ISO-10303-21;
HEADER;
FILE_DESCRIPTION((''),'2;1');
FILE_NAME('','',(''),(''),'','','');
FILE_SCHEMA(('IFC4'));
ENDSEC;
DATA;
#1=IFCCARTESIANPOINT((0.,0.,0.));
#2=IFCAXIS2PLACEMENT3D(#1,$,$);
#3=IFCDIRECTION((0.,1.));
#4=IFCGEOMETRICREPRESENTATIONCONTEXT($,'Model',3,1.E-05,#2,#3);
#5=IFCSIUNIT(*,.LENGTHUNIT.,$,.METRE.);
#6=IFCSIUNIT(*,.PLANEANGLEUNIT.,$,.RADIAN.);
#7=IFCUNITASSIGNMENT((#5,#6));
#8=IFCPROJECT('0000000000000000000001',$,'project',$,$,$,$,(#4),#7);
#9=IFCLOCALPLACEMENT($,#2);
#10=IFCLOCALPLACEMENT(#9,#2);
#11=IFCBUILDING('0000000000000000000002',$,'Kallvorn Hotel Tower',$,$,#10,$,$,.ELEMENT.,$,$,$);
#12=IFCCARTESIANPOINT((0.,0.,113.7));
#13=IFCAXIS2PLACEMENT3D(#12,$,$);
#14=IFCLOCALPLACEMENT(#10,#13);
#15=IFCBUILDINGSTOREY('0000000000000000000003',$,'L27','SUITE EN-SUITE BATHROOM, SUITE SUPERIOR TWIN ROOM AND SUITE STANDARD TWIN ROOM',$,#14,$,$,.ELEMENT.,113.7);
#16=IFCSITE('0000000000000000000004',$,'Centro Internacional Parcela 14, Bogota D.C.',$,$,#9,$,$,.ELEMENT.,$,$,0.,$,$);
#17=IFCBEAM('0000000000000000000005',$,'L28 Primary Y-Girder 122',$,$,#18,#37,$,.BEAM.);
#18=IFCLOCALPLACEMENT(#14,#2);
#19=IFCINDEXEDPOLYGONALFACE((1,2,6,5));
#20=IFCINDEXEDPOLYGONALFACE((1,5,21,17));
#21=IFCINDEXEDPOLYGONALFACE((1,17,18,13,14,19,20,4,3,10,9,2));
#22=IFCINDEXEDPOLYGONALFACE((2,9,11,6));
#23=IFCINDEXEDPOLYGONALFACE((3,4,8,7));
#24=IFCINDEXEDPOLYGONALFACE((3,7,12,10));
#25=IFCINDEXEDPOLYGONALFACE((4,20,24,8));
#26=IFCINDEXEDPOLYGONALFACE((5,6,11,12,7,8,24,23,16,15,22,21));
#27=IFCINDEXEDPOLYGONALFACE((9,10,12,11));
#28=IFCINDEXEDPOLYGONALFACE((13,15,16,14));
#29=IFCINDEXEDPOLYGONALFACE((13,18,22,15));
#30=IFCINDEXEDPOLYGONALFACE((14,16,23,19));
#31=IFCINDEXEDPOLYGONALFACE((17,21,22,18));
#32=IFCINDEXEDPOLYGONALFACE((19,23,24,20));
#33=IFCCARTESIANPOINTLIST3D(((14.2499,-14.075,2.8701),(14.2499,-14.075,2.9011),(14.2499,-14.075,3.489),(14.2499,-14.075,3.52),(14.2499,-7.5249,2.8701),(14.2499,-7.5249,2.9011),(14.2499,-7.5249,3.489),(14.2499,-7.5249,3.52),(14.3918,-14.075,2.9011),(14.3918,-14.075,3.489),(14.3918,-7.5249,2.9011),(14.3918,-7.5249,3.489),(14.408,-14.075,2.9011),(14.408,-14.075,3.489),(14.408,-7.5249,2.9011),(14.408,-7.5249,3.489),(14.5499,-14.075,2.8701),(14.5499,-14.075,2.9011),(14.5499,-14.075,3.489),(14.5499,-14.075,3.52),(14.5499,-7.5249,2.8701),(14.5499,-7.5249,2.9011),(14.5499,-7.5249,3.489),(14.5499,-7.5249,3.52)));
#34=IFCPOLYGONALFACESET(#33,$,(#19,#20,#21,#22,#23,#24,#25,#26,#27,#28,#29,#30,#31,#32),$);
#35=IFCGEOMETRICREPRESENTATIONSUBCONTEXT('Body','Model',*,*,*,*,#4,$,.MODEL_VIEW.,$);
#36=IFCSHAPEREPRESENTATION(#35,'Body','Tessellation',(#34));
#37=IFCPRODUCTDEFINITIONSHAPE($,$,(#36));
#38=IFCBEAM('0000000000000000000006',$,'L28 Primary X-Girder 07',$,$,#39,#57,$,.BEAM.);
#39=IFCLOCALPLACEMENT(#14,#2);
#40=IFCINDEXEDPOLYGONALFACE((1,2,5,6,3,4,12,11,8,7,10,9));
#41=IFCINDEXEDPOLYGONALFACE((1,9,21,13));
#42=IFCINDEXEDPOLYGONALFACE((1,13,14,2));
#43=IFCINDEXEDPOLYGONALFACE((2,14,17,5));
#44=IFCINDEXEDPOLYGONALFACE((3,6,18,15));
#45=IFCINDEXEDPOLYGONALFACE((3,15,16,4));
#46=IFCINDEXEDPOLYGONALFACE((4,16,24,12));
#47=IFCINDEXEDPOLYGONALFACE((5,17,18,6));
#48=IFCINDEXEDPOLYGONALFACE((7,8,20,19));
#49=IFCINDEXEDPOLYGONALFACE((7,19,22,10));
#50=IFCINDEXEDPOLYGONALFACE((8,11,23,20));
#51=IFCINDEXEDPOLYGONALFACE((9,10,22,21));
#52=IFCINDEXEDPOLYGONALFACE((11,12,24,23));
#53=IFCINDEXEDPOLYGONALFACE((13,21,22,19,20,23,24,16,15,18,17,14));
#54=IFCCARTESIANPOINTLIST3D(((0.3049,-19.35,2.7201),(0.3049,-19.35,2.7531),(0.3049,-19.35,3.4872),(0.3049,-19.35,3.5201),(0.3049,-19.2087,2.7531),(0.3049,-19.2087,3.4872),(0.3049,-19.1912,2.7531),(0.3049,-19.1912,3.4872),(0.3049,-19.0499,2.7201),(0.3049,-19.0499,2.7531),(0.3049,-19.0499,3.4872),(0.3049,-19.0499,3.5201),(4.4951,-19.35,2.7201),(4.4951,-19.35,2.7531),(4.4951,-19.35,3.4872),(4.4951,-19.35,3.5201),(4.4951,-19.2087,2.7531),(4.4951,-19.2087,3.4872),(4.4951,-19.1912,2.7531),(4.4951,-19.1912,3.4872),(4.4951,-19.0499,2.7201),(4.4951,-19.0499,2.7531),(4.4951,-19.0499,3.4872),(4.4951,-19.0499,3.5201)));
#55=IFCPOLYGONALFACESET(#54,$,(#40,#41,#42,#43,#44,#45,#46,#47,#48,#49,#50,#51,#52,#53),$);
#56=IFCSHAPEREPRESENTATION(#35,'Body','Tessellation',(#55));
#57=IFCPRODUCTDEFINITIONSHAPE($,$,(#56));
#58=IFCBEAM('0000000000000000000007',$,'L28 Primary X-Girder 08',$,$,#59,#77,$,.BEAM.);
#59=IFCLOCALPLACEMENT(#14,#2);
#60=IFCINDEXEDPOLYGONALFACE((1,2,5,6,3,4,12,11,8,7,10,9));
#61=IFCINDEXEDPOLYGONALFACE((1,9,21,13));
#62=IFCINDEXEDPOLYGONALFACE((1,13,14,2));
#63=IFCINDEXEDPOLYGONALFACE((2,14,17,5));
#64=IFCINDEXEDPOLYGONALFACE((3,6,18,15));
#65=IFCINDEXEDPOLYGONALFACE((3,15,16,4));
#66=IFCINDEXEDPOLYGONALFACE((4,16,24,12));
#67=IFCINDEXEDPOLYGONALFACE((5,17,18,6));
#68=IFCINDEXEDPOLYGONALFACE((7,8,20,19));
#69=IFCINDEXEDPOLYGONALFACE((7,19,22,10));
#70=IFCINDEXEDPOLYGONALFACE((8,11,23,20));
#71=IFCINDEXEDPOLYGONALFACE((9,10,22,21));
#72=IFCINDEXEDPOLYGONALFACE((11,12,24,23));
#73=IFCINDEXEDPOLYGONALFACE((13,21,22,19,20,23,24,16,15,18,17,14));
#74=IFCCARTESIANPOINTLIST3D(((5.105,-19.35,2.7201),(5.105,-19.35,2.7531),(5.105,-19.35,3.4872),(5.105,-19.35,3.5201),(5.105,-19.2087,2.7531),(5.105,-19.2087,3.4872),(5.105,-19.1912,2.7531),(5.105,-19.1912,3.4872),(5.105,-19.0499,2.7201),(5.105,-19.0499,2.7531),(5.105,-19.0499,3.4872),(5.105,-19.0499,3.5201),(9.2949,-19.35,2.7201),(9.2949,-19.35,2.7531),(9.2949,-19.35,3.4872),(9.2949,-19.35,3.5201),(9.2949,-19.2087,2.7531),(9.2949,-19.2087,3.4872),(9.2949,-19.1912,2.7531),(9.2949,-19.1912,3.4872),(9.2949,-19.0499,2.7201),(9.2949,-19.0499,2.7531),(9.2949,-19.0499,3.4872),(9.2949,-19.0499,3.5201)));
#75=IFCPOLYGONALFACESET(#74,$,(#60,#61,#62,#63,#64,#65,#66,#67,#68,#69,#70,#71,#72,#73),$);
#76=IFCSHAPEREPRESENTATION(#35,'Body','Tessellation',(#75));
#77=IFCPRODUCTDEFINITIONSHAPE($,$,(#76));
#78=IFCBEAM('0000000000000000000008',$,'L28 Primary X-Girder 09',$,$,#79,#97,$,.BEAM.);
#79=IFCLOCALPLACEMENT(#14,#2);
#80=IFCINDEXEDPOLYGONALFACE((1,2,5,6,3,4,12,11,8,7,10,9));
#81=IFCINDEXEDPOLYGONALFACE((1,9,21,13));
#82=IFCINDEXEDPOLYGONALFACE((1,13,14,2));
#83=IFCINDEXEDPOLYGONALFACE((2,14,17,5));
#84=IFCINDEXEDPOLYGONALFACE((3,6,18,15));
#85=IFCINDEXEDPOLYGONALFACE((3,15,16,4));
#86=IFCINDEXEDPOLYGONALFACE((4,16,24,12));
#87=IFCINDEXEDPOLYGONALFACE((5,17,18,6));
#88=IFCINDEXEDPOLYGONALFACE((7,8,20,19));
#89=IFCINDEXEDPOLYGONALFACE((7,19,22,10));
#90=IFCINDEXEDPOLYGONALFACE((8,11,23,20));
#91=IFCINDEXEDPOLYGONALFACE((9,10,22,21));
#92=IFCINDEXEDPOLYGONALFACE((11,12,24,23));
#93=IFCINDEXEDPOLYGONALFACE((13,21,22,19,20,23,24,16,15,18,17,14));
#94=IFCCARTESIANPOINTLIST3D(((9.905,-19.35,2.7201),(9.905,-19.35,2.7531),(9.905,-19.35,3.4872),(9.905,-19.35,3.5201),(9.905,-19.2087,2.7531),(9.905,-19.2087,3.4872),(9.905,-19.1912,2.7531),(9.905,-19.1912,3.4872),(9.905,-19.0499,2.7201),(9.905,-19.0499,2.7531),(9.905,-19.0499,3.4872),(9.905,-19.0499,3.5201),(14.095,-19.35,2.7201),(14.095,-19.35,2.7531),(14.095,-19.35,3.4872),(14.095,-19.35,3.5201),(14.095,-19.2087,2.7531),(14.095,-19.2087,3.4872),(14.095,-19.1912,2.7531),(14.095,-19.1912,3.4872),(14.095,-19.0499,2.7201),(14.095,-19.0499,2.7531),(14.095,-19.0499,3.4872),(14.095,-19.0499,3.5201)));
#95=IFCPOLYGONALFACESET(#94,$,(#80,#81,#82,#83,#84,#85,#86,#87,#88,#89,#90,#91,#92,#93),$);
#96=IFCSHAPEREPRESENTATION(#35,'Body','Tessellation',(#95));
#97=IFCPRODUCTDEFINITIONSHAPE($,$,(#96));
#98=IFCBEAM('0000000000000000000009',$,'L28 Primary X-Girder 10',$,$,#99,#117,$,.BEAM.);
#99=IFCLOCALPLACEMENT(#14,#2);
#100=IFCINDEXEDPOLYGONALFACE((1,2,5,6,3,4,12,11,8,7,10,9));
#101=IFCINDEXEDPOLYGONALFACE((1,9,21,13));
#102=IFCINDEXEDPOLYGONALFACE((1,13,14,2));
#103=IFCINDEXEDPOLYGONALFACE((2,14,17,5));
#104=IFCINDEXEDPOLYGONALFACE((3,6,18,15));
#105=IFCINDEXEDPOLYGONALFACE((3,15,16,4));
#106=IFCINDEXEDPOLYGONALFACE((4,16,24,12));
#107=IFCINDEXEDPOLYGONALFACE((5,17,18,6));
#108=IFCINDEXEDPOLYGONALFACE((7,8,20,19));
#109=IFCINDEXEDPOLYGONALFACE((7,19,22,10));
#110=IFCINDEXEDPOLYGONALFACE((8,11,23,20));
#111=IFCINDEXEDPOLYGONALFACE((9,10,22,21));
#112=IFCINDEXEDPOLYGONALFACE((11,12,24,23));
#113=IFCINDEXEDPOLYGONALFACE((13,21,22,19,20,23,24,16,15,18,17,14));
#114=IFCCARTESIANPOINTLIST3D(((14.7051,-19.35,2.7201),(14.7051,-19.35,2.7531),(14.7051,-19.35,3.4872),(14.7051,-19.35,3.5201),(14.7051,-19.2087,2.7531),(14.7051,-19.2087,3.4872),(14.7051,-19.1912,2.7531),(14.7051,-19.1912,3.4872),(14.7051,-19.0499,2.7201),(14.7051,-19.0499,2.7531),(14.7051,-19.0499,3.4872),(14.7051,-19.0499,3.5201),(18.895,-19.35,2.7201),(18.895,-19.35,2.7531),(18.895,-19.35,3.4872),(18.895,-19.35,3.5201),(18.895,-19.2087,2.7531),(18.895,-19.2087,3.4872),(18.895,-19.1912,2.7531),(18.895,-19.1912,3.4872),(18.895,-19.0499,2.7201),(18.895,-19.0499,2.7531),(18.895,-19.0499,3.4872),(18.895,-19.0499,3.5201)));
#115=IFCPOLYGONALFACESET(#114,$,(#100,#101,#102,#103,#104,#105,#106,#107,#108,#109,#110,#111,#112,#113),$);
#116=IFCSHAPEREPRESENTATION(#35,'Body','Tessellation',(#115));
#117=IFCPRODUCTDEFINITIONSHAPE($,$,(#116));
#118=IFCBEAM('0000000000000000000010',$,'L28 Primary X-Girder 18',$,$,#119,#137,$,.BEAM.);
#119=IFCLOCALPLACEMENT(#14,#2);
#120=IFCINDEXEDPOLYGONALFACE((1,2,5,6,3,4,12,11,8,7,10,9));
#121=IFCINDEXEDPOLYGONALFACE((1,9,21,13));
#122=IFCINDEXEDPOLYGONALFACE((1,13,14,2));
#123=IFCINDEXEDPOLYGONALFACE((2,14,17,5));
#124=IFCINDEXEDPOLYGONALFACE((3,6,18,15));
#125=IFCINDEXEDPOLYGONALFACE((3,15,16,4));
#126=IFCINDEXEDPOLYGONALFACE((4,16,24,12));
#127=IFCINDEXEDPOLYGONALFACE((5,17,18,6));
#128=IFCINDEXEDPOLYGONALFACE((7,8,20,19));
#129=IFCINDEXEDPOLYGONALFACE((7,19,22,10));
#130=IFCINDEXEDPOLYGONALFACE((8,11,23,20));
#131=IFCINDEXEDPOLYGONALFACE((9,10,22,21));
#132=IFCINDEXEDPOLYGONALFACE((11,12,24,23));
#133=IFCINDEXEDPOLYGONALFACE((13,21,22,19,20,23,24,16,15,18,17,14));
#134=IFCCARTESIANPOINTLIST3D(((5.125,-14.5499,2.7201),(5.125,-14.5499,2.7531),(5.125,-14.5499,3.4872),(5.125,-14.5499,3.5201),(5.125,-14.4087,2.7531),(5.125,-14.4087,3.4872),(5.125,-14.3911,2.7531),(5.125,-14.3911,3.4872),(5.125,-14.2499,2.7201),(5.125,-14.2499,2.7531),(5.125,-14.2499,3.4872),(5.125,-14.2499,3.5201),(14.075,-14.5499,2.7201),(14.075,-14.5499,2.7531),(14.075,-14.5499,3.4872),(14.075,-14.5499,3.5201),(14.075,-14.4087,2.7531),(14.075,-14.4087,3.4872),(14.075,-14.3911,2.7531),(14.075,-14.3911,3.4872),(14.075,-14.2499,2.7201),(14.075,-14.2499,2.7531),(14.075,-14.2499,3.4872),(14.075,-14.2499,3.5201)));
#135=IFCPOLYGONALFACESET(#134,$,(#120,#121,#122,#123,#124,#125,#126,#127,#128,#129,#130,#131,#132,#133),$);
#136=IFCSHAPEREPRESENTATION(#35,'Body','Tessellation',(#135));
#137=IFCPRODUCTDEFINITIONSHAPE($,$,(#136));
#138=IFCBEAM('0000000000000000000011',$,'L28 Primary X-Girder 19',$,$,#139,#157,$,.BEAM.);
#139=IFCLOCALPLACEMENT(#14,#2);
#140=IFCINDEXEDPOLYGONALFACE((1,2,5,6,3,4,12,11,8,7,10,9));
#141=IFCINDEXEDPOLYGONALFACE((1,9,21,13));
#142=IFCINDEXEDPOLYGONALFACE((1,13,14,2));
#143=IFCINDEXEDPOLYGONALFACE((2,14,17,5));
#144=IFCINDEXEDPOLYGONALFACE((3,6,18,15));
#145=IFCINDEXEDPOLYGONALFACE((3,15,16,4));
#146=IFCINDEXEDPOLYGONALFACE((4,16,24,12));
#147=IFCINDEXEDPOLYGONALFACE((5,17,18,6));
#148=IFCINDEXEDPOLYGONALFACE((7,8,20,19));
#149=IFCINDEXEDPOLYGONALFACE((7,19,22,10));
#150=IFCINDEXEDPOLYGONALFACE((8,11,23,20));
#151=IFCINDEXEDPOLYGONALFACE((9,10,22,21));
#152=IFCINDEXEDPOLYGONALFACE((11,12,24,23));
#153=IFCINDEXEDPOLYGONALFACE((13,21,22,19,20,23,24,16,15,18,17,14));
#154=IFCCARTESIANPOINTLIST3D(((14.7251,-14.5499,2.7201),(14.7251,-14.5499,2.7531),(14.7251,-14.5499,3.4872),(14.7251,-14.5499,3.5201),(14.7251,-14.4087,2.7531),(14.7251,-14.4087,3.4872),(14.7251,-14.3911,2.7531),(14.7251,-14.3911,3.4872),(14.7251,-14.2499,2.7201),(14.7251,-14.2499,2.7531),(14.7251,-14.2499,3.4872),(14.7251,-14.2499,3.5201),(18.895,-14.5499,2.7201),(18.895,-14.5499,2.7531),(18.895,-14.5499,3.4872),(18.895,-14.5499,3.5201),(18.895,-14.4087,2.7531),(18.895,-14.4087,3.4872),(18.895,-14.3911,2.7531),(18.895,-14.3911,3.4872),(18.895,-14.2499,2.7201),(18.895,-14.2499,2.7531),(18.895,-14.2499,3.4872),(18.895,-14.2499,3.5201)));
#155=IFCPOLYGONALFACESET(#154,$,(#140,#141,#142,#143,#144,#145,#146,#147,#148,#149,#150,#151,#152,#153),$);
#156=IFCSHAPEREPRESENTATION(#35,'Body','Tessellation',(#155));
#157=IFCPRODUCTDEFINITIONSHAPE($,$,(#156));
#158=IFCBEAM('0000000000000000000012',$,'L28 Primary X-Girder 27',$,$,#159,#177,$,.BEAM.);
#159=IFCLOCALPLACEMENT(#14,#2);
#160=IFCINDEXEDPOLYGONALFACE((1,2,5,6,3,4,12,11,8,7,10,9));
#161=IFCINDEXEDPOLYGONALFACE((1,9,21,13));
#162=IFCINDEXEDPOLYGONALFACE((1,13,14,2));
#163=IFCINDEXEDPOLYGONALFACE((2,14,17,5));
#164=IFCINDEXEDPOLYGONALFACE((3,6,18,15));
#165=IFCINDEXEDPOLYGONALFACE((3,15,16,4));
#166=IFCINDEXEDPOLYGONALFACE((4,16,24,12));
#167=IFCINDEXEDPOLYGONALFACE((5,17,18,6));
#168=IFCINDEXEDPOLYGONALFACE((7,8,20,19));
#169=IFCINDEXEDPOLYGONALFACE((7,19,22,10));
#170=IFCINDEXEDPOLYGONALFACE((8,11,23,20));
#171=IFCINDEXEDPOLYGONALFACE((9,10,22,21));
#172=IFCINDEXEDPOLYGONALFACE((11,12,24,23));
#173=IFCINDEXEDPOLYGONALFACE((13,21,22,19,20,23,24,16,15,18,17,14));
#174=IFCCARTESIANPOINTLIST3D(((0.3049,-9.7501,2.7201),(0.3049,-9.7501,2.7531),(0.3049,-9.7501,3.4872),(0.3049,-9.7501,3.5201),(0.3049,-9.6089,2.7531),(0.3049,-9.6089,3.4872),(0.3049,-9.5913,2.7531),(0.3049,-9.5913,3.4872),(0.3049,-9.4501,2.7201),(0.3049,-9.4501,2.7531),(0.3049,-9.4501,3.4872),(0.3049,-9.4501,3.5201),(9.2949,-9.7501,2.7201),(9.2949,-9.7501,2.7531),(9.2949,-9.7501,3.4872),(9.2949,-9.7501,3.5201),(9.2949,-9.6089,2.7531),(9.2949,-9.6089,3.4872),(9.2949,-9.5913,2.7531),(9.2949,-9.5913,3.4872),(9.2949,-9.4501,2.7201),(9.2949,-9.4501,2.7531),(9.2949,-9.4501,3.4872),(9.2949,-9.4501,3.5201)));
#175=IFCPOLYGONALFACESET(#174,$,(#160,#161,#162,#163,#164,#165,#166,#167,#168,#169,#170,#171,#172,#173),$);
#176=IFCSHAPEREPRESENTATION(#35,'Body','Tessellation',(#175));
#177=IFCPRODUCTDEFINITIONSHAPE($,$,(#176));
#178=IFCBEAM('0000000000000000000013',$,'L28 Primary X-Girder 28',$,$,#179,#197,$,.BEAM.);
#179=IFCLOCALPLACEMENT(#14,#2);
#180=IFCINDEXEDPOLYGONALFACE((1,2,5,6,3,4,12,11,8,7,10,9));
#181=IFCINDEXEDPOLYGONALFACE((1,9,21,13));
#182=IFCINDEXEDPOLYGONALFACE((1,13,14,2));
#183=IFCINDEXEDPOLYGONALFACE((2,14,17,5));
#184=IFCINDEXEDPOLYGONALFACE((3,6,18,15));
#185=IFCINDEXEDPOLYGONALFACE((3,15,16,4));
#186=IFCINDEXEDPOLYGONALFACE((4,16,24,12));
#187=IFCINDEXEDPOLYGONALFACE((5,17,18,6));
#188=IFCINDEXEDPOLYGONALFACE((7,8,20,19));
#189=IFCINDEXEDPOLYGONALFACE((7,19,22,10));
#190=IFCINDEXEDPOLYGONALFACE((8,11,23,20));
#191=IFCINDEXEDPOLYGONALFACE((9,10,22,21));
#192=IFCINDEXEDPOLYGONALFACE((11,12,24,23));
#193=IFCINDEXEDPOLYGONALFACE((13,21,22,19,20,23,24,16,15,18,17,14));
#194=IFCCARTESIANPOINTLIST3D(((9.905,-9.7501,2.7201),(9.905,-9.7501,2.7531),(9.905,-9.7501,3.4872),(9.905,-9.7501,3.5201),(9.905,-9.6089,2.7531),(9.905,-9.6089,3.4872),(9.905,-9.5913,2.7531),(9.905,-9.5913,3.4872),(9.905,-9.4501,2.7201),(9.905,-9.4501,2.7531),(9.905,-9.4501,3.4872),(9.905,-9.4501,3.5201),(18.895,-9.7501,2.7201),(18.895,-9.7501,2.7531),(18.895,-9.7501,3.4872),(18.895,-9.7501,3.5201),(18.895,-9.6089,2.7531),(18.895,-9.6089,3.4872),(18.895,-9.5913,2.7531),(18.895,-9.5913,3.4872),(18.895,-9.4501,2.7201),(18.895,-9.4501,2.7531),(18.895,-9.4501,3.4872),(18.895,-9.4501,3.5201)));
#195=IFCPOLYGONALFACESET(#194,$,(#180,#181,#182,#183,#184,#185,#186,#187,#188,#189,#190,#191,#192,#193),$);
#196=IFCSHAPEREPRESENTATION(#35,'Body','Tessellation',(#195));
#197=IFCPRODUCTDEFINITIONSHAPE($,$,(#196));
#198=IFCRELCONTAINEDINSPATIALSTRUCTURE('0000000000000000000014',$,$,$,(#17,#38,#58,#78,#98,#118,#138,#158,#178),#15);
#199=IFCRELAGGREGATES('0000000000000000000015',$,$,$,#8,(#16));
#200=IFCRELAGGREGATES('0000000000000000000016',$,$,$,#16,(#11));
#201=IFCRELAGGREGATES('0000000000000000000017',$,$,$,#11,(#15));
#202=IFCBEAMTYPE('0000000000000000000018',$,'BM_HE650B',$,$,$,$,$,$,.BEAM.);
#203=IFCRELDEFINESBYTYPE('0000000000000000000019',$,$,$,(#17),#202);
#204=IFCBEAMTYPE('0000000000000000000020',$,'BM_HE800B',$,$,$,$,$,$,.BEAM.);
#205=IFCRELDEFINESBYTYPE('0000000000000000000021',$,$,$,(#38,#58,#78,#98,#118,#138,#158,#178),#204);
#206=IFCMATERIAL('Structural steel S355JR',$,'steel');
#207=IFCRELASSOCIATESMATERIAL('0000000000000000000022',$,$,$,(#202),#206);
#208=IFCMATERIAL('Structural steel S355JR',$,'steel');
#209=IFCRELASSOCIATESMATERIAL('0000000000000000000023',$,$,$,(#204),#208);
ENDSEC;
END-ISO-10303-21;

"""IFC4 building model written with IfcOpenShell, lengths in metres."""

from ifc_helpers import new_model, si_unit, direction, frame, origin, origin_2d, place, context, subcontext, project, spatial, i_section, extrude, material, material_profile, profile_set, type_object, element, save


model = new_model("IFC4")

# Units and contexts
model_context = context("Model", 3, precision=1e-05, world=origin(), true_north=direction((0.0, 1.0)))
body_context = subcontext(model_context, "Body", "Model", "MODEL_VIEW")
ifc_project = project(units=[si_unit("LENGTHUNIT", "METRE"), si_unit("PLANEANGLEUNIT", "RADIAN")], contexts=[model_context])

# Site, building, storey
site_placement = place(None, origin())
site = spatial("IfcSite", under=ifc_project, at=site_placement, Name="Centro Internacional Parcela 14, Bogota D.C.", CompositionType="ELEMENT", RefElevation=0.0)
building_placement = place(site_placement, origin())
building = spatial("IfcBuilding", under=site, at=building_placement, Name="Kallvorn Hotel Tower", CompositionType="ELEMENT")
storey_placement = place(building_placement, frame((0.0, 0.0, 113.7)))
storey = spatial("IfcBuildingStorey", under=building, at=storey_placement, Name="L27", Description="SUITE EN-SUITE BATHROOM, SUITE SUPERIOR TWIN ROOM AND SUITE STANDARD TWIN ROOM", CompositionType="ELEMENT", Elevation=113.7)

# Beams
ifc_material_1 = material(Name="Structural steel S355JR", Category="steel")
ifc_material_profile_1 = material_profile(ifc_material_1, i_section(OverallWidth=0.3, OverallDepth=0.6499, WebThickness=0.0161, FlangeThickness=0.031, at=origin_2d()), Name="HE 650 B")
ifc_profile_set_1 = profile_set([ifc_material_profile_1], Name="Structural steel S355JR")
beam_type_1 = type_object("IfcBeamType", Name="BM_HE650B", PredefinedType="BEAM", material=ifc_profile_set_1)
beam_1_placement = place(storey_placement, frame((14.3999, -14.075, 3.1951), z_axis=(0.0, 1.0, 0.0), x_axis=(-1.0, 0.0, 0.0)))
element("IfcBeam", 1, at=beam_1_placement, inside=storey, type_object=beam_type_1, Name="L28 Primary Y-Girder 122", PredefinedType="BEAM", context=body_context, shape_type="SweptSolid", body=[
    extrude(i_section(OverallWidth=0.3, OverallDepth=0.6499, WebThickness=0.0161, FlangeThickness=0.031, at=origin_2d()), origin(), (0.0, 0.0, 1.0), 6.55),
])
ifc_material_2 = material(Name="Structural steel S355JR", Category="steel")
ifc_material_profile_2 = material_profile(ifc_material_2, i_section(OverallWidth=0.3, OverallDepth=0.8, WebThickness=0.0176, FlangeThickness=0.033, at=origin_2d()), Name="HE 800 B")
ifc_profile_set_2 = profile_set([ifc_material_profile_2], Name="Structural steel S355JR")
beam_type_2 = type_object("IfcBeamType", Name="BM_HE800B", PredefinedType="BEAM", material=ifc_profile_set_2)
beam_2_placement = place(storey_placement, frame((0.3049, -19.2, 3.1201), z_axis=(1.0, 0.0, 0.0), x_axis=(0.0, 1.0, 0.0)))
element("IfcBeam", 2, at=beam_2_placement, inside=storey, type_object=beam_type_2, Name="L28 Primary X-Girder 07", PredefinedType="BEAM", context=body_context, shape_type="SweptSolid", body=[
    extrude(i_section(OverallWidth=0.3, OverallDepth=0.8, WebThickness=0.0176, FlangeThickness=0.033, at=origin_2d()), origin(), (0.0, 0.0, 1.0), 4.1902),
])
for number, where, z_axis, x_axis, name in (
    (3, (5.105, -19.2, 3.1201), (1.0, 0.0, 0.0), (0.0, 1.0, 0.0), "L28 Primary X-Girder 08"),
    (4, (9.905, -19.2, 3.1201), (1.0, 0.0, 0.0), (0.0, 1.0, 0.0), "L28 Primary X-Girder 09"),
    (5, (14.7051, -19.2, 3.1201), (1.0, 0.0, 0.0), (0.0, 1.0, 0.0), "L28 Primary X-Girder 10"),
):
    element("IfcBeam", number, at=place(storey_placement, frame(where, z_axis=z_axis, x_axis=x_axis)), inside=storey, type_object=beam_type_2, Name=name, PredefinedType="BEAM", context=body_context, shape_type="SweptSolid", body=[
        extrude(i_section(OverallWidth=0.3, OverallDepth=0.8, WebThickness=0.0176, FlangeThickness=0.033, at=origin_2d()), origin(), (0.0, 0.0, 1.0), 4.1899),
    ])
beam_3_placement = place(storey_placement, frame((5.125, -14.3999, 3.1201), z_axis=(1.0, 0.0, 0.0), x_axis=(0.0, 1.0, 0.0)))
element("IfcBeam", 6, at=beam_3_placement, inside=storey, type_object=beam_type_2, Name="L28 Primary X-Girder 18", PredefinedType="BEAM", context=body_context, shape_type="SweptSolid", body=[
    extrude(i_section(OverallWidth=0.3, OverallDepth=0.8, WebThickness=0.0176, FlangeThickness=0.033, at=origin_2d()), origin(), (0.0, 0.0, 1.0), 8.95),
])
beam_4_placement = place(storey_placement, frame((14.7251, -14.3999, 3.1201), z_axis=(1.0, 0.0, 0.0), x_axis=(0.0, 1.0, 0.0)))
element("IfcBeam", 7, at=beam_4_placement, inside=storey, type_object=beam_type_2, Name="L28 Primary X-Girder 19", PredefinedType="BEAM", context=body_context, shape_type="SweptSolid", body=[
    extrude(i_section(OverallWidth=0.3, OverallDepth=0.8, WebThickness=0.0176, FlangeThickness=0.033, at=origin_2d()), origin(), (0.0, 0.0, 1.0), 4.1699),
])
for number, where, z_axis, x_axis, name in (
    (8, (0.3049, -9.6001, 3.1201), (1.0, 0.0, 0.0), (0.0, 1.0, 0.0), "L28 Primary X-Girder 27"),
    (9, (9.905, -9.6001, 3.1201), (1.0, 0.0, 0.0), (0.0, 1.0, 0.0), "L28 Primary X-Girder 28"),
):
    element("IfcBeam", number, at=place(storey_placement, frame(where, z_axis=z_axis, x_axis=x_axis)), inside=storey, type_object=beam_type_2, Name=name, PredefinedType="BEAM", context=body_context, shape_type="SweptSolid", body=[
        extrude(i_section(OverallWidth=0.3, OverallDepth=0.8, WebThickness=0.0176, FlangeThickness=0.033, at=origin_2d()), origin(), (0.0, 0.0, 1.0), 8.99),
    ])

save(model, "model.ifc")
